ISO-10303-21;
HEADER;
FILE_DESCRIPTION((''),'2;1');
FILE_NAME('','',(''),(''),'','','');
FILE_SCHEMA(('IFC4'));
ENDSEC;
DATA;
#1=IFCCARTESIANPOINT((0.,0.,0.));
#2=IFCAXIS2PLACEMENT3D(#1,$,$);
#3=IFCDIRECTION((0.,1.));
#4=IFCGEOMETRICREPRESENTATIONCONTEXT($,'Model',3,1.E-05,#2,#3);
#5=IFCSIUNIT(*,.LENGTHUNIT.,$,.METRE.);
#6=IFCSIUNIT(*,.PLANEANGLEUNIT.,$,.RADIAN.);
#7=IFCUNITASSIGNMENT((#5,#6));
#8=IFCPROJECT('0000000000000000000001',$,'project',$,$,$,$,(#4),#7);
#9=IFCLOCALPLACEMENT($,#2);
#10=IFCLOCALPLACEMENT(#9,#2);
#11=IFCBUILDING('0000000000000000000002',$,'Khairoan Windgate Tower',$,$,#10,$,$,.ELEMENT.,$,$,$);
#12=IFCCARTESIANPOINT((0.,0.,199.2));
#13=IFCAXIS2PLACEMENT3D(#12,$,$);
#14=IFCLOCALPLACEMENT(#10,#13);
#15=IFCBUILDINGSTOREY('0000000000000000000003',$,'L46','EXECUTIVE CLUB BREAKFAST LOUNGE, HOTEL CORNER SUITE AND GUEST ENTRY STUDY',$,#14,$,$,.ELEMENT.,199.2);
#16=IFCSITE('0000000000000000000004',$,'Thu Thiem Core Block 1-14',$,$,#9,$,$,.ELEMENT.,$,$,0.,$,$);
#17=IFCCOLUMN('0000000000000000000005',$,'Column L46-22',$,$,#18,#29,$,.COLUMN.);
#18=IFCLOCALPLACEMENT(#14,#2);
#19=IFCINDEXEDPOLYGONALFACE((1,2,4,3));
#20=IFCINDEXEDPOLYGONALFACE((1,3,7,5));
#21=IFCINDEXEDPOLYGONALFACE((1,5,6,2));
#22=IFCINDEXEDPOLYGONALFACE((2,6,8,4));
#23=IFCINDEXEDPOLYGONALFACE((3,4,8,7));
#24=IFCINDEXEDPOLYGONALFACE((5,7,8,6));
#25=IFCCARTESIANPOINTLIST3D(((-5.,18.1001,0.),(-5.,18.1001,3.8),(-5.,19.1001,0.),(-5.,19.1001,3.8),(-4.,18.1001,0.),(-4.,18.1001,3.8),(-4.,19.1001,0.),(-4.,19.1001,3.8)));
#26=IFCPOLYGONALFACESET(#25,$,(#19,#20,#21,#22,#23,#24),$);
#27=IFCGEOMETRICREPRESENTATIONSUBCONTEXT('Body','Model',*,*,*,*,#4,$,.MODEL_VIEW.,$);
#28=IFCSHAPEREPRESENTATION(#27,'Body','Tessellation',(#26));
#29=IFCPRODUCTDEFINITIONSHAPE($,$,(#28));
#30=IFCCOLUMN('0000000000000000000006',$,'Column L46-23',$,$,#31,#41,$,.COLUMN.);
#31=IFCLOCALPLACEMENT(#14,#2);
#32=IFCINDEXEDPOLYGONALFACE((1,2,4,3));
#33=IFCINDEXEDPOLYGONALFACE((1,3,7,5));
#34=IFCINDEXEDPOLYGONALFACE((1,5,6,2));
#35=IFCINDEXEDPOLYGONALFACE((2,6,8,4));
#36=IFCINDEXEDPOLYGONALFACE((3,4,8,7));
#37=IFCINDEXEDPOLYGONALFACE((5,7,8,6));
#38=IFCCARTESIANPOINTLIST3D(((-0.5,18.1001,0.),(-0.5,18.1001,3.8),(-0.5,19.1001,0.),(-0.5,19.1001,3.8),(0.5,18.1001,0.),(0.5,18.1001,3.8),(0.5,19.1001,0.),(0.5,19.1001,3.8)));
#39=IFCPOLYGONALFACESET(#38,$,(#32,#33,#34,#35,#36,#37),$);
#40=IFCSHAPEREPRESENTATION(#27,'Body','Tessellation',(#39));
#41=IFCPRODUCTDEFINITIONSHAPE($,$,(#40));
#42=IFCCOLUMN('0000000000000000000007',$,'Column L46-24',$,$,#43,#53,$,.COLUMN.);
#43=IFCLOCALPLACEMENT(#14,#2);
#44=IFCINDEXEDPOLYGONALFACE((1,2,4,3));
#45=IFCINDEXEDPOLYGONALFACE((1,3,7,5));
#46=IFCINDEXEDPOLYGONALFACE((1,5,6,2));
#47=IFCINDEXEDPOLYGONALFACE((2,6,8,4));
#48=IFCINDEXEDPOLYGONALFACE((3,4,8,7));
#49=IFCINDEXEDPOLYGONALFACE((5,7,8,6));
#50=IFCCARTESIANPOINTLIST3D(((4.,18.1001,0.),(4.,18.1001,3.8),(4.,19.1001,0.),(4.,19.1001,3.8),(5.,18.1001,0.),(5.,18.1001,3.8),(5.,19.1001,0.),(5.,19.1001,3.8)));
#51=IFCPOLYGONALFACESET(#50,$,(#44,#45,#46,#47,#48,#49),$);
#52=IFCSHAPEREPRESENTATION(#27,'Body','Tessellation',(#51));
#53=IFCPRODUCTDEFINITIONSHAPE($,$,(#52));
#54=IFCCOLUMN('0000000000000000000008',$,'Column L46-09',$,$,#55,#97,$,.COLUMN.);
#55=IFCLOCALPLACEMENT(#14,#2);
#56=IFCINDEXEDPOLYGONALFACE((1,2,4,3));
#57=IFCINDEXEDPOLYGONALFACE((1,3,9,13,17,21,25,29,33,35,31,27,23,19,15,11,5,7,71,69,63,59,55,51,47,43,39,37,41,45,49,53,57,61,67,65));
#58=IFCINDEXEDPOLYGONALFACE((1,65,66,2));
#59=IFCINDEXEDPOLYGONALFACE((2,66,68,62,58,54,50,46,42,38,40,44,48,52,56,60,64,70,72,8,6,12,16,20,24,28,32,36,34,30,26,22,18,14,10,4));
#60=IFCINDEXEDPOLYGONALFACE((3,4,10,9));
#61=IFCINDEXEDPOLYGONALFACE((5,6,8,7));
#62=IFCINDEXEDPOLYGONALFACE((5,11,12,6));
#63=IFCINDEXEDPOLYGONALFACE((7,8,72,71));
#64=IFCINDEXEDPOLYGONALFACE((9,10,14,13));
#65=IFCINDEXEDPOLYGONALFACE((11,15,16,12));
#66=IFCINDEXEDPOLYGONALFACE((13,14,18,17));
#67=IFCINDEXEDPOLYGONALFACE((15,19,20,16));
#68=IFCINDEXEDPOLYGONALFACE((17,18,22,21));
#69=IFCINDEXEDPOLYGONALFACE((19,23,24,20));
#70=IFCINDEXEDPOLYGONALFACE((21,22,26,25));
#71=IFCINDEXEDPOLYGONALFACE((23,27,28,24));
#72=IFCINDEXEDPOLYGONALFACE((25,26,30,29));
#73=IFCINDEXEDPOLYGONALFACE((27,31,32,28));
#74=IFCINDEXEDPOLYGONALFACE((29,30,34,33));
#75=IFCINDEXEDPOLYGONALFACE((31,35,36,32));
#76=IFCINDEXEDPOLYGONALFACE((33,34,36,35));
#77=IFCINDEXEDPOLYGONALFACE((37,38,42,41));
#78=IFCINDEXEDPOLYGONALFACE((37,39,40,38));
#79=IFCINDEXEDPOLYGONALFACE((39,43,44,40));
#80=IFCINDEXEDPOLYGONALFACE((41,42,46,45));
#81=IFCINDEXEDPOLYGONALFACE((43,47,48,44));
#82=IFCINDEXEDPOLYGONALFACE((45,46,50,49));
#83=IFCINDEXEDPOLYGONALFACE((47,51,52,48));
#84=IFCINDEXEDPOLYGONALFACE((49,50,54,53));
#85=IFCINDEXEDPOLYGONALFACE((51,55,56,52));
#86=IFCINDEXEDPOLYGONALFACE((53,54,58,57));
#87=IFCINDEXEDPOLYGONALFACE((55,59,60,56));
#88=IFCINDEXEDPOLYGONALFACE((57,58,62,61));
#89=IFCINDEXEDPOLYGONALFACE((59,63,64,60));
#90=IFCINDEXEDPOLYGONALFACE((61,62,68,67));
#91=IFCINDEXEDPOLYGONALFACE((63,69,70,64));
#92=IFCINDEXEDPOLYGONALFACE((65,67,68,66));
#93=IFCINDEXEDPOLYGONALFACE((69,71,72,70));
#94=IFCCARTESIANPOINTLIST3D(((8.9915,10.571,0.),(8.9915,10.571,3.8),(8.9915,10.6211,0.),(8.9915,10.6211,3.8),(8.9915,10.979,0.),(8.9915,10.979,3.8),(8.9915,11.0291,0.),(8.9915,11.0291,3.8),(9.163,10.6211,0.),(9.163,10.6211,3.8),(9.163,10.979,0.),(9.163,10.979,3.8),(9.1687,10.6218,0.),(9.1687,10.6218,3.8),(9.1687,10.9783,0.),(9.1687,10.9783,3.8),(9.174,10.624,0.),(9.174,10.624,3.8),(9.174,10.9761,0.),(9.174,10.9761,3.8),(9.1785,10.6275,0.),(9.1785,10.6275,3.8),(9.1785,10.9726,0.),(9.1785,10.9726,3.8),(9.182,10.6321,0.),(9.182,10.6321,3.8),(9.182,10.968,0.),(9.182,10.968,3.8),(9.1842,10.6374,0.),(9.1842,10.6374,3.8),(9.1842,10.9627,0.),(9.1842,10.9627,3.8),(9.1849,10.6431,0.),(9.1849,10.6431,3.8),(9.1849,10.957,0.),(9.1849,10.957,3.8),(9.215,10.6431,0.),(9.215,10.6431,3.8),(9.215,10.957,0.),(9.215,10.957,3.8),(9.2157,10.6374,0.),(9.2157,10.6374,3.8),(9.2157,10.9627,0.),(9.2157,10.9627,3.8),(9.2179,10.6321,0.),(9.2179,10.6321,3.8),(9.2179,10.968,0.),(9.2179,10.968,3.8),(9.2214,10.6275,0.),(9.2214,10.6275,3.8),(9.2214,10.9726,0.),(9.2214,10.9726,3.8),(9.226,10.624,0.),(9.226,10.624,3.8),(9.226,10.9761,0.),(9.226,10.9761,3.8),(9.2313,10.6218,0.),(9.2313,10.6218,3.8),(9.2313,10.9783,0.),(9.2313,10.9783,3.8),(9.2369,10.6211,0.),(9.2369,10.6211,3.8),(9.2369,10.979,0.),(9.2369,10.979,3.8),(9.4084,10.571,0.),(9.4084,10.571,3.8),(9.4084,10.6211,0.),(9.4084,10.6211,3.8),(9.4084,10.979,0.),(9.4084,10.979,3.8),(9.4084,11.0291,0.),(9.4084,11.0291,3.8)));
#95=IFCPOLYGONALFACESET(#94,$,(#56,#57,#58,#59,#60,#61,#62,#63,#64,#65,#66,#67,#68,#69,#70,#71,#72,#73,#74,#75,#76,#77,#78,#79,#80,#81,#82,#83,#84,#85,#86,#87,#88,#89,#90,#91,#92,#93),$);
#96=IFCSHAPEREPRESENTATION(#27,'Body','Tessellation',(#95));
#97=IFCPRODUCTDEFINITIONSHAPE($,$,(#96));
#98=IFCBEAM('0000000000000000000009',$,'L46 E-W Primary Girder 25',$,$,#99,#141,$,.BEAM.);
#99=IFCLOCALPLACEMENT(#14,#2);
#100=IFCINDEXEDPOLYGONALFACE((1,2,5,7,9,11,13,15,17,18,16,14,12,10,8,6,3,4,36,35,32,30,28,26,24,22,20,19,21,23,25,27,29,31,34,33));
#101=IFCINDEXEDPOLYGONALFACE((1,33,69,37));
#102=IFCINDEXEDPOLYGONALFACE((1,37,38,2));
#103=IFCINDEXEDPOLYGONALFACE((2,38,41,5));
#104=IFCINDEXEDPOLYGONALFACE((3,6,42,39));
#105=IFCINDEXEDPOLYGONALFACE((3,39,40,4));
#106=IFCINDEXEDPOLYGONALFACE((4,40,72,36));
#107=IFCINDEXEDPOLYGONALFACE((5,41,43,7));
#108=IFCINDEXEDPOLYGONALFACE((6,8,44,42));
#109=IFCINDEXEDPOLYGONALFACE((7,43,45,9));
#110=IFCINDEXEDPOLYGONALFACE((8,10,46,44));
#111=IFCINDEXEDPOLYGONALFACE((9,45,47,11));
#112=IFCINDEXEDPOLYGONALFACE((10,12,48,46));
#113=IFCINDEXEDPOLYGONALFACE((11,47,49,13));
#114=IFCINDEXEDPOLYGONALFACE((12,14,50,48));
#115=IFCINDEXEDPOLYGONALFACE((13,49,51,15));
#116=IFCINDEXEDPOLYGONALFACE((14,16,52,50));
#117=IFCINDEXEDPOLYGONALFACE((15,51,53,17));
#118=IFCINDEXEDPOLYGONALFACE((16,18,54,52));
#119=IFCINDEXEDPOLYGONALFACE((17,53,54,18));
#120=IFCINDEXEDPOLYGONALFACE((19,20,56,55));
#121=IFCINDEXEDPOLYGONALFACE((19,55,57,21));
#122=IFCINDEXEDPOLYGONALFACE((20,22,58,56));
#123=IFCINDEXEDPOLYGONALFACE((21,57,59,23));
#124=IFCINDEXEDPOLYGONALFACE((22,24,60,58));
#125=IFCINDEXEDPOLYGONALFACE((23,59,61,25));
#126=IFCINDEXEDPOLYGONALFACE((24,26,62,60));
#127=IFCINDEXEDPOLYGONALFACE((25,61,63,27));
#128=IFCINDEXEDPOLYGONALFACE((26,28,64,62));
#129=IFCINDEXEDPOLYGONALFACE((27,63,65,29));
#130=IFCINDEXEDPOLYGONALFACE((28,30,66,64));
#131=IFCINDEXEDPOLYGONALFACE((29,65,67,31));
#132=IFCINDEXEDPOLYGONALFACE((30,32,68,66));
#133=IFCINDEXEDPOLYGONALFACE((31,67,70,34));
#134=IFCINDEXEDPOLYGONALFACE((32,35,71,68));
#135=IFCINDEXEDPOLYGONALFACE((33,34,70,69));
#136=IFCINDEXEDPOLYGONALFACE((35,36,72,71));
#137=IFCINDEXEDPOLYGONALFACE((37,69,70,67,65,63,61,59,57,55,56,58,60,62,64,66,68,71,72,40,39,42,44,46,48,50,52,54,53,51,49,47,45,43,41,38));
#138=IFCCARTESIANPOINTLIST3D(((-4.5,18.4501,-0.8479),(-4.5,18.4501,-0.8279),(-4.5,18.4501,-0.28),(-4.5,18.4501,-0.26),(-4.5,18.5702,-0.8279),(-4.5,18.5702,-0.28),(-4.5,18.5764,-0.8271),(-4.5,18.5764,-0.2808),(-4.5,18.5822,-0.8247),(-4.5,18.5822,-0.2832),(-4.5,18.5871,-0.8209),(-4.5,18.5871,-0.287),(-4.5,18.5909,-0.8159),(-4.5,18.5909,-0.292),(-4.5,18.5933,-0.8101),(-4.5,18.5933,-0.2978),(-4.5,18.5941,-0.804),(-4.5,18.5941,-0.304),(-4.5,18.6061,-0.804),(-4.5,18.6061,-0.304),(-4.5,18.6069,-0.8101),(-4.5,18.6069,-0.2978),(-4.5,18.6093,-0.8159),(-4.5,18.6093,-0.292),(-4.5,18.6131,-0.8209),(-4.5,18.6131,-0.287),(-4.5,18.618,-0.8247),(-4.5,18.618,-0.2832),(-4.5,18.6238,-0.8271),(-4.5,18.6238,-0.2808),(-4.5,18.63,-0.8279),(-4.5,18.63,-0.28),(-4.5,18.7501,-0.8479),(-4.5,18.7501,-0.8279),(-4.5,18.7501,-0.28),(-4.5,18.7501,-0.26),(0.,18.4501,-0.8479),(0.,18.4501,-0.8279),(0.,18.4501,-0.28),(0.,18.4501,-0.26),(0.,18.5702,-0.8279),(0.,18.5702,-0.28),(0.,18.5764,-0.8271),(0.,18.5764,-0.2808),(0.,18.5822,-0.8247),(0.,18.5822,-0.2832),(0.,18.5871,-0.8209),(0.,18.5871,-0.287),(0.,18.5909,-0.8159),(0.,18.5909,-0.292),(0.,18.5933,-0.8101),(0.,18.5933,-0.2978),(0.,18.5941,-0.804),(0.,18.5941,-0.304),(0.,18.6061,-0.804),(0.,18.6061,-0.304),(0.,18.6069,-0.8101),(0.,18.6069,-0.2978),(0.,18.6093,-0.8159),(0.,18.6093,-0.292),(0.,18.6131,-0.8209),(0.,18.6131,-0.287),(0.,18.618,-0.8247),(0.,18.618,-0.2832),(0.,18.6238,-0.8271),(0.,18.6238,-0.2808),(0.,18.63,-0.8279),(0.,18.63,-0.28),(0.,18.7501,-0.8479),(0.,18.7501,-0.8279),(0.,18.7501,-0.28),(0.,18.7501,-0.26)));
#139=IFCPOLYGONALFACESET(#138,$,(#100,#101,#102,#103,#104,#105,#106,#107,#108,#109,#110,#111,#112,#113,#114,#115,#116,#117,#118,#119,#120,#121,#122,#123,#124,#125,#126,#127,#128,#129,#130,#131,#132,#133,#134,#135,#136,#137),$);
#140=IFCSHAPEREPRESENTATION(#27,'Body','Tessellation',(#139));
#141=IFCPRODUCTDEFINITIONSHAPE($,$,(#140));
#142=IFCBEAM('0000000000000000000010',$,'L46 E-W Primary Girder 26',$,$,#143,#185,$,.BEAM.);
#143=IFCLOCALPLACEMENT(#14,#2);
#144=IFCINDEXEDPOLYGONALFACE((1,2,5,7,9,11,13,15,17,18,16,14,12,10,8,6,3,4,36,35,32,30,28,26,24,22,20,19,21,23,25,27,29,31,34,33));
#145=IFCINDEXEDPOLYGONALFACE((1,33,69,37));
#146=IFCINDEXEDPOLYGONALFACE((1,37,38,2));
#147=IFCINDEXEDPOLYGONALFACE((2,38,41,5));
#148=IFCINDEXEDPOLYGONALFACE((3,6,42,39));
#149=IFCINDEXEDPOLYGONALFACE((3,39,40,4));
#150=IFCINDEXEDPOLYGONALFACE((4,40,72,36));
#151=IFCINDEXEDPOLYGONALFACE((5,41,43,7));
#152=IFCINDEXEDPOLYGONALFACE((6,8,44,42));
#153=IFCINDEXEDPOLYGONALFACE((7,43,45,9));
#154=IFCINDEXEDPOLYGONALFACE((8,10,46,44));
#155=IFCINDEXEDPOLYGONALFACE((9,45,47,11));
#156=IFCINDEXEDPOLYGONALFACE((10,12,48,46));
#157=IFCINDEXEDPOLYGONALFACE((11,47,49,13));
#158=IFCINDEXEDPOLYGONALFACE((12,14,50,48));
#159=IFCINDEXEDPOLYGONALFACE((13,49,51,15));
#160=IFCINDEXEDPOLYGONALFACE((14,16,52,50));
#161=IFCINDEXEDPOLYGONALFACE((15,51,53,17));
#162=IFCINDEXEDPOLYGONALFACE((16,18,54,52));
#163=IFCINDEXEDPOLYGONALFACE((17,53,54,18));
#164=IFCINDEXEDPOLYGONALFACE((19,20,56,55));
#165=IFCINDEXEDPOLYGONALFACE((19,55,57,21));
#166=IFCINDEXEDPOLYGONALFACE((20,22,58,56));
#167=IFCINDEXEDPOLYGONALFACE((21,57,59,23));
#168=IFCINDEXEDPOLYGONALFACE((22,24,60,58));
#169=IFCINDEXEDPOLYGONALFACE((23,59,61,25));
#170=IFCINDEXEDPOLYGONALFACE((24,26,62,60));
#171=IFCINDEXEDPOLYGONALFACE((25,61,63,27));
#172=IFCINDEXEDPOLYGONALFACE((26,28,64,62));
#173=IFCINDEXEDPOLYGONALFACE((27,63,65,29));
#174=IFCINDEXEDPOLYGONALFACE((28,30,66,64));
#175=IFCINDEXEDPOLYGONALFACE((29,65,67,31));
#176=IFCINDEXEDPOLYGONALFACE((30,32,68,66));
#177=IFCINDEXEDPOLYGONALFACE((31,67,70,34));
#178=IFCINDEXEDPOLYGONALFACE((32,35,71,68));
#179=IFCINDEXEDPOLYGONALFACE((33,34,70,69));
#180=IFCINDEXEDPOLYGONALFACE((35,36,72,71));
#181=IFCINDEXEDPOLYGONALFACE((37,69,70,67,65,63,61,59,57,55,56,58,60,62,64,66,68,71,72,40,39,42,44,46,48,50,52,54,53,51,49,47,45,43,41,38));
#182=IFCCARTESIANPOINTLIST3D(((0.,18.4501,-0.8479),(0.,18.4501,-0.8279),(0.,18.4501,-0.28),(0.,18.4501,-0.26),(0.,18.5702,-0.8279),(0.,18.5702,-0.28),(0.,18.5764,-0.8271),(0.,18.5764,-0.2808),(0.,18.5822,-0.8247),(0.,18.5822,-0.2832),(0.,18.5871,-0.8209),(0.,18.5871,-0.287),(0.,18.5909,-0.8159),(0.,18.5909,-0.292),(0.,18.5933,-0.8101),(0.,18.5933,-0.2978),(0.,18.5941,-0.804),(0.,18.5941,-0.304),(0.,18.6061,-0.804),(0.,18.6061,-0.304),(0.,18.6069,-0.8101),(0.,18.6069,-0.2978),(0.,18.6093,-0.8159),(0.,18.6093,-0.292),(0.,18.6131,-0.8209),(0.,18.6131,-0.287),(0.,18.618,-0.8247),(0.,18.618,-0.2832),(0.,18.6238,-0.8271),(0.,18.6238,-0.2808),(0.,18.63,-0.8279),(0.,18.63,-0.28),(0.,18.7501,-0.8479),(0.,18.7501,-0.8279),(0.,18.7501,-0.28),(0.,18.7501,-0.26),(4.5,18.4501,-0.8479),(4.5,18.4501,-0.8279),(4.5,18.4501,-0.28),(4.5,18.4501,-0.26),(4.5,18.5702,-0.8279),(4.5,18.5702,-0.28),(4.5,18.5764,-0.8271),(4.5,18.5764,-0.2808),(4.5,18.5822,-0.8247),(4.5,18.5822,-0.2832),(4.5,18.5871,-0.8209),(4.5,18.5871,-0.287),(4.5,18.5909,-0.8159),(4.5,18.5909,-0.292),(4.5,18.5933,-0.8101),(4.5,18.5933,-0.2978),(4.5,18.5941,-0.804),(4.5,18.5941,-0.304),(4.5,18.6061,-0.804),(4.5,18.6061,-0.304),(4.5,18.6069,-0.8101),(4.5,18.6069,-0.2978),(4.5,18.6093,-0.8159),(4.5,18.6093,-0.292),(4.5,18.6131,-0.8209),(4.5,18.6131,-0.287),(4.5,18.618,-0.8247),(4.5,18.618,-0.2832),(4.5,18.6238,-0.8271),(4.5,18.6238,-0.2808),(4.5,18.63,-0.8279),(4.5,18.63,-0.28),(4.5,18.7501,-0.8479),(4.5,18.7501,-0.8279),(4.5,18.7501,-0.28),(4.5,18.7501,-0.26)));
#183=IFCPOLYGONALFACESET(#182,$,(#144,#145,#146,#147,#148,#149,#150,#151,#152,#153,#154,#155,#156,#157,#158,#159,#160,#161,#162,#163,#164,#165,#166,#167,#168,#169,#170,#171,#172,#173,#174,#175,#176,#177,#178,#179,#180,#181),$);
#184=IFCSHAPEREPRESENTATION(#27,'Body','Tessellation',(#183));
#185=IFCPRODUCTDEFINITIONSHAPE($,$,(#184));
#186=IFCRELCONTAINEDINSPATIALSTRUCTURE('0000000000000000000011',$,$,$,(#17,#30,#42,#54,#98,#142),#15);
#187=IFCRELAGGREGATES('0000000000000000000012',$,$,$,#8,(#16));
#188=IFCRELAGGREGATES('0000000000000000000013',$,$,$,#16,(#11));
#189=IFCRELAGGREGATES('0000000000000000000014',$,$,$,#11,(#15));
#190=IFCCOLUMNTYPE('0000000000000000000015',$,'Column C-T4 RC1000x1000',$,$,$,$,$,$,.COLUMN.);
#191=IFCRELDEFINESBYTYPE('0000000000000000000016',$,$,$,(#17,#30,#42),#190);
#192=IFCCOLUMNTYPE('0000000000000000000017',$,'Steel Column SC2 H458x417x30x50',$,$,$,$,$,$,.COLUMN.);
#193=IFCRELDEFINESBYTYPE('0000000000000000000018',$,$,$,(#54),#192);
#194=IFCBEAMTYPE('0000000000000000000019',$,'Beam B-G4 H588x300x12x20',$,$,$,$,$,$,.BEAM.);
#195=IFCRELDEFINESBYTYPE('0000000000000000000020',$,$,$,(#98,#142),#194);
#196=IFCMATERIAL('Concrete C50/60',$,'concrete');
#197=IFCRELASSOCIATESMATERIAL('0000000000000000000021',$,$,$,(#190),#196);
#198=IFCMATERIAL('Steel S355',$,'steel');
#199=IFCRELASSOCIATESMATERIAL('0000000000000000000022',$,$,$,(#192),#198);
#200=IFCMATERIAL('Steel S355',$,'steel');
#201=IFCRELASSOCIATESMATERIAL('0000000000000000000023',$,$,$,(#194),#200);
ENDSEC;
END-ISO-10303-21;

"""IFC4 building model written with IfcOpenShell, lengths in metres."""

from ifc_helpers import new_model, si_unit, direction, frame, origin, origin_2d, place, context, subcontext, project, spatial, rectangle, i_section, extrude, material, material_profile, profile_set, type_object, element, save


model = new_model("IFC4")

# Units and contexts
model_context = context("Model", 3, precision=1e-05, world=origin(), true_north=direction((0.0, 1.0)))
body_context = subcontext(model_context, "Body", "Model", "MODEL_VIEW")
ifc_project = project(units=[si_unit("LENGTHUNIT", "METRE"), si_unit("PLANEANGLEUNIT", "RADIAN")], contexts=[model_context])

# Site, building, storey
site_placement = place(None, origin())
site = spatial("IfcSite", under=ifc_project, at=site_placement, Name="Thu Thiem Core Block 1-14", CompositionType="ELEMENT", RefElevation=0.0)
building_placement = place(site_placement, origin())
building = spatial("IfcBuilding", under=site, at=building_placement, Name="Khairoan Windgate Tower", CompositionType="ELEMENT")
storey_placement = place(building_placement, frame((0.0, 0.0, 199.2)))
storey = spatial("IfcBuildingStorey", under=building, at=storey_placement, Name="L46", Description="EXECUTIVE CLUB BREAKFAST LOUNGE, HOTEL CORNER SUITE AND GUEST ENTRY STUDY", CompositionType="ELEMENT", Elevation=199.2)

# Columns
ifc_material_1 = material(Name="Concrete C50/60", Category="concrete")
ifc_material_profile_1 = material_profile(ifc_material_1, rectangle(XDim=1.0, YDim=1.0, at=origin_2d()))
ifc_profile_set_1 = profile_set([ifc_material_profile_1], Name="Concrete C50/60")
column_type_1 = type_object("IfcColumnType", Name="Column C-T4 RC1000x1000", PredefinedType="COLUMN", material=ifc_profile_set_1)
for number, where, z_axis, x_axis, name in (
    (1, (-4.5, 18.6001, 0.0), (0.0, 0.0, 1.0), (1.0, 0.0, 0.0), "Column L46-22"),
    (2, (0.0, 18.6001, 0.0), (0.0, 0.0, 1.0), (1.0, 0.0, 0.0), "Column L46-23"),
    (3, (4.5, 18.6001, 0.0), (0.0, 0.0, 1.0), (1.0, 0.0, 0.0), "Column L46-24"),
):
    element("IfcColumn", number, at=place(storey_placement, frame(where, z_axis=z_axis, x_axis=x_axis)), inside=storey, type_object=column_type_1, Name=name, PredefinedType="COLUMN", context=body_context, shape_type="SweptSolid", body=[
        extrude(rectangle(XDim=1.0, YDim=1.0, at=origin_2d()), origin(), (0.0, 0.0, 1.0), 3.8),
    ])
ifc_material_2 = material(Name="Steel S355", Category="steel")
ifc_material_profile_2 = material_profile(ifc_material_2, i_section(OverallWidth=0.417, OverallDepth=0.458, WebThickness=0.03, FlangeThickness=0.05, FilletRadius=0.022, at=origin_2d()))
ifc_profile_set_2 = profile_set([ifc_material_profile_2], Name="Steel S355")
column_type_2 = type_object("IfcColumnType", Name="Steel Column SC2 H458x417x30x50", PredefinedType="COLUMN", material=ifc_profile_set_2)
column_placement = place(storey_placement, frame((9.2, 10.8, 0.0), z_axis=(0.0, 0.0, 1.0), x_axis=(1.0, 0.0, 0.0)))
element("IfcColumn", 4, at=column_placement, inside=storey, type_object=column_type_2, Name="Column L46-09", PredefinedType="COLUMN", context=body_context, shape_type="SweptSolid", body=[
    extrude(i_section(OverallWidth=0.417, OverallDepth=0.458, WebThickness=0.03, FlangeThickness=0.05, FilletRadius=0.022, at=origin_2d()), origin(), (0.0, 0.0, 1.0), 3.8),
])

# Beams
ifc_material_3 = material(Name="Steel S355", Category="steel")
ifc_material_profile_3 = material_profile(ifc_material_3, i_section(OverallWidth=0.3, OverallDepth=0.5879, WebThickness=0.012, FlangeThickness=0.02, FilletRadius=0.0239, at=origin_2d()))
ifc_profile_set_3 = profile_set([ifc_material_profile_3], Name="Steel S355")
beam_type_1 = type_object("IfcBeamType", Name="Beam B-G4 H588x300x12x20", PredefinedType="BEAM", material=ifc_profile_set_3)
for number, where, z_axis, x_axis, name in (
    (5, (-4.5, 18.6001, -0.554), (1.0, 0.0, 0.0), (0.0, 1.0, 0.0), "L46 E-W Primary Girder 25"),
    (6, (0.0, 18.6001, -0.554), (1.0, 0.0, 0.0), (0.0, 1.0, 0.0), "L46 E-W Primary Girder 26"),
):
    element("IfcBeam", number, at=place(storey_placement, frame(where, z_axis=z_axis, x_axis=x_axis)), inside=storey, type_object=beam_type_1, Name=name, PredefinedType="BEAM", context=body_context, shape_type="SweptSolid", body=[
        extrude(i_section(OverallWidth=0.3, OverallDepth=0.5879, WebThickness=0.012, FlangeThickness=0.02, FilletRadius=0.0239, at=origin_2d()), origin(), (0.0, 0.0, 1.0), 4.5),
    ])

save(model, "model.ifc")
